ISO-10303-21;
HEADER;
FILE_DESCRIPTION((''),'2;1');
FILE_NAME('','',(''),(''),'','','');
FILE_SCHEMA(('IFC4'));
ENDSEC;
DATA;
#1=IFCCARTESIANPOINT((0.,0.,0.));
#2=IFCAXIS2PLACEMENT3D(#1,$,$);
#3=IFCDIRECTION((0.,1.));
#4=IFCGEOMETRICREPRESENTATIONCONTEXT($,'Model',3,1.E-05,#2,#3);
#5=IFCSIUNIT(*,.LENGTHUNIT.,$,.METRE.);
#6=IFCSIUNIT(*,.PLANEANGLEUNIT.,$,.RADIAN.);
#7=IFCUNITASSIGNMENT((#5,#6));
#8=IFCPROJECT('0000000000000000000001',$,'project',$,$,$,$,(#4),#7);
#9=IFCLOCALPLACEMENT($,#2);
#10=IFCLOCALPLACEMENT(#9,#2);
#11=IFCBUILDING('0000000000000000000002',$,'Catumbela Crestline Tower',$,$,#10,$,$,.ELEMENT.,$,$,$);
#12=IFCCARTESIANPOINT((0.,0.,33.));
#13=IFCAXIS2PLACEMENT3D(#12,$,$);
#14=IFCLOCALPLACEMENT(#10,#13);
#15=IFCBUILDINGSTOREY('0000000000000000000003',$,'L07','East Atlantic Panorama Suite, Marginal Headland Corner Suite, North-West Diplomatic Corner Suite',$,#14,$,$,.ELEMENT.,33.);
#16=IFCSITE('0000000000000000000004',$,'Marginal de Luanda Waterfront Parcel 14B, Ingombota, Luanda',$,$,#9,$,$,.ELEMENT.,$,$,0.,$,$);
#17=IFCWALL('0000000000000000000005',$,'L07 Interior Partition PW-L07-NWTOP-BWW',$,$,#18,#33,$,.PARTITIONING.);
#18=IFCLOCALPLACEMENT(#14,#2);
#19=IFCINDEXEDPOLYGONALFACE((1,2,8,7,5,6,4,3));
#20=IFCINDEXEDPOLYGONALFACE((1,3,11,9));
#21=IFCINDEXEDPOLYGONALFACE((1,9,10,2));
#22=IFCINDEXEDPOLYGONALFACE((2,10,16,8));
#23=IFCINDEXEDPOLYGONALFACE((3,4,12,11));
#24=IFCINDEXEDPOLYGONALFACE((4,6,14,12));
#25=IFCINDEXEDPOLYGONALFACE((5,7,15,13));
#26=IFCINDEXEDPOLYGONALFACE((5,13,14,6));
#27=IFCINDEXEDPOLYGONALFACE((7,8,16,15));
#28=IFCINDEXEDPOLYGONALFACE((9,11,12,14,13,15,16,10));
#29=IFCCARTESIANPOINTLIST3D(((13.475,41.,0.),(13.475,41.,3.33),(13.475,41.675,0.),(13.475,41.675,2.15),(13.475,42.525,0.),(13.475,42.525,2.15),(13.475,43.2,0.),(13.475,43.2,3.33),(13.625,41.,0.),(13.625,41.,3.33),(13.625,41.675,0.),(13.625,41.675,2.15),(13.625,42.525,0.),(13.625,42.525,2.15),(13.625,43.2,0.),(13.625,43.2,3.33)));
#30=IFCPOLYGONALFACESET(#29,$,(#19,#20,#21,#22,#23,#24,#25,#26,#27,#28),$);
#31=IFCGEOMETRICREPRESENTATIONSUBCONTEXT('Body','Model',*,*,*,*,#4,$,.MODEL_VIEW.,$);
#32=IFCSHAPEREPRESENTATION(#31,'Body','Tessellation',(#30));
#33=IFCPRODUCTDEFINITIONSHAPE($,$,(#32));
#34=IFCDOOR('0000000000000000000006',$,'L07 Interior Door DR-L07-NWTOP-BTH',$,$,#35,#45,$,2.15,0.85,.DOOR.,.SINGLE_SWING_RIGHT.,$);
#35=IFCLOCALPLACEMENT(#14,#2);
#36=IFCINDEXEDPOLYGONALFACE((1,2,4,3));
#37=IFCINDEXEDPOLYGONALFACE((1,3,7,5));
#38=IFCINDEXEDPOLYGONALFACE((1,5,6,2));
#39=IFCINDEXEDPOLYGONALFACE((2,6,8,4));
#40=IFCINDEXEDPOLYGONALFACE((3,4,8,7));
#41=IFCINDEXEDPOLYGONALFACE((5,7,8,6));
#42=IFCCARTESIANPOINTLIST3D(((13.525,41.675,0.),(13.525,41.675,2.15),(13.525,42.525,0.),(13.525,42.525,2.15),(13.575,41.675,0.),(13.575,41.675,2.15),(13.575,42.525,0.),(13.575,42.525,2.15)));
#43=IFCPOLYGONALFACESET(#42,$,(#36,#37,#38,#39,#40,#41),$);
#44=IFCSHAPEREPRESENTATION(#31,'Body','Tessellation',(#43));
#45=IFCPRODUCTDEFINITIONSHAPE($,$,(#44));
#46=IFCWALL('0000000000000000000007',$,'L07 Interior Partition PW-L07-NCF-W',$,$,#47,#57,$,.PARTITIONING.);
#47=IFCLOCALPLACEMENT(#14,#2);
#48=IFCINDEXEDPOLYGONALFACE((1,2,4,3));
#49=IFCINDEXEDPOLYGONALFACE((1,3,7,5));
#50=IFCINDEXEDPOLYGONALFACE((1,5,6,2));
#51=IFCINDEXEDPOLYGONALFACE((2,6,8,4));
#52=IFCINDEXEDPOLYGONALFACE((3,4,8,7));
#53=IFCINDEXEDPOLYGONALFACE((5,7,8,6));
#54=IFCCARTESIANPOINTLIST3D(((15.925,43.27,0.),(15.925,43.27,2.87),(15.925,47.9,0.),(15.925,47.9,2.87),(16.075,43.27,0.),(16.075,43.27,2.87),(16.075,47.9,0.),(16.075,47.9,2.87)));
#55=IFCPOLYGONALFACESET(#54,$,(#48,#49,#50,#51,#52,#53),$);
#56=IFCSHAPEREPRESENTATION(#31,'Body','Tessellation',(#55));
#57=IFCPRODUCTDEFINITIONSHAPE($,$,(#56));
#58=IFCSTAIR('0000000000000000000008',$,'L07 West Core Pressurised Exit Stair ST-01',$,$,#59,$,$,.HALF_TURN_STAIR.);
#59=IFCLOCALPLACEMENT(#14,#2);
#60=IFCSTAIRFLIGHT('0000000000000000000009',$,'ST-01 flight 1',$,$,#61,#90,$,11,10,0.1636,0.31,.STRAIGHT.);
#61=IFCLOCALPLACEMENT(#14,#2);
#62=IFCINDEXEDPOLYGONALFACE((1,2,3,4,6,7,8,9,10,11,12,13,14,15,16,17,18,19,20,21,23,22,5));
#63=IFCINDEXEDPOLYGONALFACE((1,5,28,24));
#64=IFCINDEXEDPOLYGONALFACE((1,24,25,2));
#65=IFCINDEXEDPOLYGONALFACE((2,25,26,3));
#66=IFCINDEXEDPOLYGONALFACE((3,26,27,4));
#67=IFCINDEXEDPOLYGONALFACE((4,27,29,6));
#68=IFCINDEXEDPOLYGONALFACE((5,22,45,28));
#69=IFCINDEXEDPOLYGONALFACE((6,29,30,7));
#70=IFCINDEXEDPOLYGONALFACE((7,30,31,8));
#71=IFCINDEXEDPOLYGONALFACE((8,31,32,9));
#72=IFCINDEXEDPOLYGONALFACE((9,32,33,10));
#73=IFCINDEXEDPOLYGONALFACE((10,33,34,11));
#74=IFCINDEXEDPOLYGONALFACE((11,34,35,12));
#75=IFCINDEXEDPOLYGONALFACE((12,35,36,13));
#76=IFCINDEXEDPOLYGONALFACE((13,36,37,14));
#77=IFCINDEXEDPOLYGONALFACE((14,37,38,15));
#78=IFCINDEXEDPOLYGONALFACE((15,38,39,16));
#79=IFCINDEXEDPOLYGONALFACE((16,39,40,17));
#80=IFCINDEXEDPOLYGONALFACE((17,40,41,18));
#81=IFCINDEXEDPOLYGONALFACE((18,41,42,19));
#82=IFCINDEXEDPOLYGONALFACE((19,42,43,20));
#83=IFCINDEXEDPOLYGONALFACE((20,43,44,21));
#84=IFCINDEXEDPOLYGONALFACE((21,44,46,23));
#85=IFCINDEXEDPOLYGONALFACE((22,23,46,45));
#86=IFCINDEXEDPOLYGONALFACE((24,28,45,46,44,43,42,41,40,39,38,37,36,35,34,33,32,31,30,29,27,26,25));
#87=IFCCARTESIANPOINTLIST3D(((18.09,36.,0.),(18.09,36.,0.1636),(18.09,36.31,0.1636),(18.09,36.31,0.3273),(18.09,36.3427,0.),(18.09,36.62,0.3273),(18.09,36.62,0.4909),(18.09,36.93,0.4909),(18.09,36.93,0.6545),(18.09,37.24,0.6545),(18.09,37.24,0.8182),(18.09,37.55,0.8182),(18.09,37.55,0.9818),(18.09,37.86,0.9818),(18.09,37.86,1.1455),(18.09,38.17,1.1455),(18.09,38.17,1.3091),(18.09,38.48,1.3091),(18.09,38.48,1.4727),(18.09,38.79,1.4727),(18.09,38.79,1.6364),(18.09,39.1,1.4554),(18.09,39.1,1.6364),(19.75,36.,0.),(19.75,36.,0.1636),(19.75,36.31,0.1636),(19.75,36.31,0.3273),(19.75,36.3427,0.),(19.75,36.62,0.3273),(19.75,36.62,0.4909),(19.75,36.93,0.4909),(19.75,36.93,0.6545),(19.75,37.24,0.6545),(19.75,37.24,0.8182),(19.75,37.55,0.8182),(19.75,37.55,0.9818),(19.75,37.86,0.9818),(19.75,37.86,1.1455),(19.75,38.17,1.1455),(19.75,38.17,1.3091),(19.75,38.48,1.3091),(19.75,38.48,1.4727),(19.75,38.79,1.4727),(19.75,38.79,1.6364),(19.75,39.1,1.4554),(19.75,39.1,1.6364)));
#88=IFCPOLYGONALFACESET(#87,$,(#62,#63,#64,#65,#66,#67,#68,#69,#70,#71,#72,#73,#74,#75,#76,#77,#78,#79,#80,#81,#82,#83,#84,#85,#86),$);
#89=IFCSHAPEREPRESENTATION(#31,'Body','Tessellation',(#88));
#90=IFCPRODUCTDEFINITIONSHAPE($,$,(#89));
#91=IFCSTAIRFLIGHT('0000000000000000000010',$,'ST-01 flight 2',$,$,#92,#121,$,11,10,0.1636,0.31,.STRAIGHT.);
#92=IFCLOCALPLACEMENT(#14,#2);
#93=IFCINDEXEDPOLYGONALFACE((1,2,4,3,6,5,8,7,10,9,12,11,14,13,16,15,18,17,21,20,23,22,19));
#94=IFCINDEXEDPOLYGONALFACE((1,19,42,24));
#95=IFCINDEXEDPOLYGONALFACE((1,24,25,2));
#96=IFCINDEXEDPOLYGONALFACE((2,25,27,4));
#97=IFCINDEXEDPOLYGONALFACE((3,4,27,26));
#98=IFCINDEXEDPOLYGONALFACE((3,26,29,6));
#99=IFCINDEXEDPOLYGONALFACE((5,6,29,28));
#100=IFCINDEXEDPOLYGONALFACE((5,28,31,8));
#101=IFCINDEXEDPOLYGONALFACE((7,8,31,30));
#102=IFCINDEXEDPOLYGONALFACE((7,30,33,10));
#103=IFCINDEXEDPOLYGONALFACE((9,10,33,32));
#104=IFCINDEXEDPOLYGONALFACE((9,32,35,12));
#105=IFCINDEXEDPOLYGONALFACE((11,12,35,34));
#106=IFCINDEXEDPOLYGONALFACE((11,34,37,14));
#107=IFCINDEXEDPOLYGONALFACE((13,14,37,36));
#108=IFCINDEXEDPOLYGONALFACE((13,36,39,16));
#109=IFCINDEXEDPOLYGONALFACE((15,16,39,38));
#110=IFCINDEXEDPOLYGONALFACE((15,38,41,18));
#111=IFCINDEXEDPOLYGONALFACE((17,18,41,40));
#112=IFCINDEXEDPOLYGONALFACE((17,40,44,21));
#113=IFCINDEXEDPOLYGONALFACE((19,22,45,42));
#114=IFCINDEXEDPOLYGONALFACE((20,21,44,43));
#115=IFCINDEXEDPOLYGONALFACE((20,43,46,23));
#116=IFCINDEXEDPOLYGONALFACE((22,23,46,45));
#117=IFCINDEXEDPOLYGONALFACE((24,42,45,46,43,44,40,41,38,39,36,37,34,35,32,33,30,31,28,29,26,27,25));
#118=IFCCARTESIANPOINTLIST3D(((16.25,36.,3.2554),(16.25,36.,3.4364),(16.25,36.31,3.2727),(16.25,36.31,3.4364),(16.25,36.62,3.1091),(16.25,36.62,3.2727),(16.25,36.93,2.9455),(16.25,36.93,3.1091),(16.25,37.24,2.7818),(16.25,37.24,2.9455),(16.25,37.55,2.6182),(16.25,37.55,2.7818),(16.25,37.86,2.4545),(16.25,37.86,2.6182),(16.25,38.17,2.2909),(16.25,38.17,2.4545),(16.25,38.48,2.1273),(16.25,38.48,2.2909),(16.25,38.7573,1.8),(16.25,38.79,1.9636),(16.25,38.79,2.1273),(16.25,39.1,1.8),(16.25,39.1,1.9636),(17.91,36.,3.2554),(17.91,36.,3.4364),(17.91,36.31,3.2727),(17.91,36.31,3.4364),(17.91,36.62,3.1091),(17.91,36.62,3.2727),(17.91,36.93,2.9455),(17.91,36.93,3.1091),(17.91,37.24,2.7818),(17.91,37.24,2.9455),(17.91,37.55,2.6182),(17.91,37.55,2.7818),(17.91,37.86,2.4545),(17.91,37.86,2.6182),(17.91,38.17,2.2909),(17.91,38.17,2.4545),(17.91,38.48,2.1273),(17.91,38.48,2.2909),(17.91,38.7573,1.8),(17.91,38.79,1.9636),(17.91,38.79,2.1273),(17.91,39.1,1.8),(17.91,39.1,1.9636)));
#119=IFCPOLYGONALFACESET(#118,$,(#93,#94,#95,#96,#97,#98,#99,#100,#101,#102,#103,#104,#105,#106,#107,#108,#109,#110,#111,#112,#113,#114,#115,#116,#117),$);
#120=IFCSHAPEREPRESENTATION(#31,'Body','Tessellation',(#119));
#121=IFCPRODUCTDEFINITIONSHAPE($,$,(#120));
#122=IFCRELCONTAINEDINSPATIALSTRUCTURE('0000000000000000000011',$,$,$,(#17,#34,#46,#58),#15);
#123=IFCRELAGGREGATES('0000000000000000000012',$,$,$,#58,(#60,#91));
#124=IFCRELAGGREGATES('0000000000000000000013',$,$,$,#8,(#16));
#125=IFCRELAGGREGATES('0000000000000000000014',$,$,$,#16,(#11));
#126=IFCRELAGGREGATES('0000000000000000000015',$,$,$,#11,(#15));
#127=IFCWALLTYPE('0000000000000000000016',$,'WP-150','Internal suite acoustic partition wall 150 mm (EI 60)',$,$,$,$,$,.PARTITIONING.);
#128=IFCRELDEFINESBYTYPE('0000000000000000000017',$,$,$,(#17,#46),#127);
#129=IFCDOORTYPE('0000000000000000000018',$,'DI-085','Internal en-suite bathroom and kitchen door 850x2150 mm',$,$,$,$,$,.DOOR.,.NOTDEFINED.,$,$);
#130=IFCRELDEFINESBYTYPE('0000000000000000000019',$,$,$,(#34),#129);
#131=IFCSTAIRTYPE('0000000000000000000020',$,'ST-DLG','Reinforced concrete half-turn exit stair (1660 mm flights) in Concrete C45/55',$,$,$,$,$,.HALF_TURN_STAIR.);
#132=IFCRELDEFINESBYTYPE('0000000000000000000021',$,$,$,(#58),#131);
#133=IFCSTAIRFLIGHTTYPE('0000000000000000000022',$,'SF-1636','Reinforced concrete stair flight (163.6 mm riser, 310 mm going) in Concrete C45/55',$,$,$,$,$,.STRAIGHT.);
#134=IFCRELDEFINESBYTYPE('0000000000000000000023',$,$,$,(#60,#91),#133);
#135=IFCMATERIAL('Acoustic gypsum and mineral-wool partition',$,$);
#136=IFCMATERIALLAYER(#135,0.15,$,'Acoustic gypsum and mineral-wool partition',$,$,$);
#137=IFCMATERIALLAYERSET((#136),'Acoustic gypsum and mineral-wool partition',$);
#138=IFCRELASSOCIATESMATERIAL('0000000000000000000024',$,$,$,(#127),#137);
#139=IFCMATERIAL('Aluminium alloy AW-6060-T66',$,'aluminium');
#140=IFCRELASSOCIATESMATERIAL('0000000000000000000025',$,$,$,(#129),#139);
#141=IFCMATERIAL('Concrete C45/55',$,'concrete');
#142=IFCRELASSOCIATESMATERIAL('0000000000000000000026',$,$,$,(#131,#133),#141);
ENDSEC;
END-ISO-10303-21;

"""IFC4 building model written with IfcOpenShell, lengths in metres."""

from ifc_helpers import new_model, si_unit, direction, frame, frame_2d, origin, place, context, subcontext, project, spatial, polyline, rectangle, outline, extrude, material, layer, layer_set, type_object, element, fill, aggregate, save


model = new_model("IFC4")

# Units and contexts
model_context = context("Model", 3, precision=1e-05, world=origin(), true_north=direction((0.0, 1.0)))
body_context = subcontext(model_context, "Body", "Model", "MODEL_VIEW")
ifc_project = project(units=[si_unit("LENGTHUNIT", "METRE"), si_unit("PLANEANGLEUNIT", "RADIAN")], contexts=[model_context])

# Site, building, storey
site_placement = place(None, origin())
site = spatial("IfcSite", under=ifc_project, at=site_placement, Name="Marginal de Luanda Waterfront Parcel 14B, Ingombota, Luanda", CompositionType="ELEMENT", RefElevation=0.0)
building_placement = place(site_placement, origin())
building = spatial("IfcBuilding", under=site, at=building_placement, Name="Catumbela Crestline Tower", CompositionType="ELEMENT")
storey_placement = place(building_placement, frame((0.0, 0.0, 33.0)))
storey = spatial("IfcBuildingStorey", under=building, at=storey_placement, Name="L07", Description="East Atlantic Panorama Suite, Marginal Headland Corner Suite, North-West Diplomatic Corner Suite", CompositionType="ELEMENT", Elevation=33.0)

# Shared definitions
ifc_material_1 = material(Name="Aluminium alloy AW-6060-T66", Category="aluminium")

# Shared definitions
ifc_material_2 = material(Name="Acoustic gypsum and mineral-wool partition")
ifc_layer_1 = layer(ifc_material_2, 0.15, Name="Acoustic gypsum and mineral-wool partition")
ifc_layer_set_1 = layer_set([ifc_layer_1], Name="Acoustic gypsum and mineral-wool partition")
wall_type_1 = type_object("IfcWallType", Name="WP-150", Description="Internal suite acoustic partition wall 150 mm (EI 60)", PredefinedType="PARTITIONING", material=ifc_layer_set_1)

# Wall, opening, door
wall_1_placement = place(storey_placement, frame((13.55, 41.0, 0.0), z_axis=(0.0, 0.0, 1.0), x_axis=(0.0, 1.0, 0.0)))
wall_1 = element("IfcWall", 1, at=wall_1_placement, inside=storey, type_object=wall_type_1, Name="L07 Interior Partition PW-L07-NWTOP-BWW", PredefinedType="PARTITIONING", context=body_context, shape_type="SweptSolid", body=[
    extrude(rectangle(XDim=2.2, YDim=0.15, at=frame_2d((1.1, 0.0))), origin(), (0.0, 0.0, 1.0), 3.33),
])
opening_1_placement = place(wall_1_placement, frame((0.675, 0.0, 0.0)))
opening_1 = element("IfcOpeningElement", 2, at=opening_1_placement, cuts=wall_1, PredefinedType="OPENING", context=body_context, shape_type="SweptSolid", body=[
    extrude(rectangle(XDim=0.85, YDim=2.15, at=frame_2d((0.425, 1.075))), frame((0.0, 0.085, 0.0), z_axis=(0.0, -1.0, 0.0), x_axis=(1.0, 0.0, 0.0)), (0.0, 0.0, 1.0), 0.17),
])
door_type_1 = type_object("IfcDoorType", Name="DI-085", Description="Internal en-suite bathroom and kitchen door 850x2150 mm", OperationType="NOTDEFINED", PredefinedType="DOOR", material=ifc_material_1)
door_1_placement = place(opening_1_placement, origin())
door_1 = element("IfcDoor", 3, at=door_1_placement, inside=storey, type_object=door_type_1, Name="L07 Interior Door DR-L07-NWTOP-BTH", OperationType="SINGLE_SWING_RIGHT", OverallHeight=2.15, OverallWidth=0.85, PredefinedType="DOOR", context=body_context, shape_type="SweptSolid", body=[
    extrude(rectangle(XDim=0.85, YDim=2.15, at=frame_2d((0.425, 1.075))), frame((0.0, 0.025, 0.0), z_axis=(0.0, -1.0, 0.0), x_axis=(1.0, 0.0, 0.0)), (0.0, 0.0, 1.0), 0.05),
])
fill(opening_1, door_1)

# Wall
wall_2_placement = place(storey_placement, frame((16.0, 43.27, 0.0), z_axis=(0.0, 0.0, 1.0), x_axis=(0.0, 1.0, 0.0)))
element("IfcWall", 4, at=wall_2_placement, inside=storey, type_object=wall_type_1, Name="L07 Interior Partition PW-L07-NCF-W", PredefinedType="PARTITIONING", context=body_context, shape_type="SweptSolid", body=[
    extrude(rectangle(XDim=4.63, YDim=0.15, at=frame_2d((2.315, 0.0))), origin(), (0.0, 0.0, 1.0), 2.87),
])

# Stair, stair flights
ifc_material_3 = material(Name="Concrete C45/55", Category="concrete")
stair_type = type_object("IfcStairType", Name="ST-DLG", Description="Reinforced concrete half-turn exit stair (1660 mm flights) in Concrete C45/55", PredefinedType="HALF_TURN_STAIR", material=ifc_material_3)
stair_placement = place(storey_placement, origin())
stair = element("IfcStair", 5, at=stair_placement, inside=storey, type_object=stair_type, Name="L07 West Core Pressurised Exit Stair ST-01", PredefinedType="HALF_TURN_STAIR")
stair_flight_type = type_object("IfcStairFlightType", Name="SF-1636", Description="Reinforced concrete stair flight (163.6 mm riser, 310 mm going) in Concrete C45/55", PredefinedType="STRAIGHT", material=ifc_material_3)
stair_flight_1_placement = place(storey_placement, frame((18.92, 36.0, 0.0), z_axis=(0.0, 0.0, 1.0), x_axis=(0.0, 1.0, 0.0)))
stair_flight_1 = element("IfcStairFlight", 6, at=stair_flight_1_placement, type_object=stair_flight_type, Name="ST-01 flight 1", NumberOfRisers=11, NumberOfTreads=10, PredefinedType="STRAIGHT", RiserHeight=0.1636, TreadLength=0.31, context=body_context, shape_type="SweptSolid", body=[
    extrude(outline(polyline([(0.0, 0.0), (0.0, 0.1636), (0.31, 0.1636), (0.31, 0.3273), (0.62, 0.3273), (0.62, 0.4909), (0.93, 0.4909), (0.93, 0.6545), (1.24, 0.6545), (1.24, 0.8182), (1.55, 0.8182), (1.55, 0.9818), (1.86, 0.9818), (1.86, 1.1455), (2.17, 1.1455), (2.17, 1.3091), (2.48, 1.3091), (2.48, 1.4727), (2.79, 1.4727), (2.79, 1.6364), (3.1, 1.6364), (3.1, 1.8), (3.1, 1.4554), (0.3427, 0.0), (0.0, 0.0)])), frame((0.0, 0.83, 0.0), z_axis=(0.0, -1.0, 0.0), x_axis=(1.0, 0.0, 0.0)), (0.0, 0.0, 1.0), 1.66),
])
stair_flight_2_placement = place(storey_placement, frame((17.08, 39.1, 1.8), z_axis=(0.0, 0.0, 1.0), x_axis=(0.0, -1.0, 0.0)))
stair_flight_2 = element("IfcStairFlight", 7, at=stair_flight_2_placement, type_object=stair_flight_type, Name="ST-01 flight 2", NumberOfRisers=11, NumberOfTreads=10, PredefinedType="STRAIGHT", RiserHeight=0.1636, TreadLength=0.31, context=body_context, shape_type="SweptSolid", body=[
    extrude(outline(polyline([(0.0, 0.0), (0.0, 0.1636), (0.31, 0.1636), (0.31, 0.3273), (0.62, 0.3273), (0.62, 0.4909), (0.93, 0.4909), (0.93, 0.6545), (1.24, 0.6545), (1.24, 0.8182), (1.55, 0.8182), (1.55, 0.9818), (1.86, 0.9818), (1.86, 1.1455), (2.17, 1.1455), (2.17, 1.3091), (2.48, 1.3091), (2.48, 1.4727), (2.79, 1.4727), (2.79, 1.6364), (3.1, 1.6364), (3.1, 1.8), (3.1, 1.4554), (0.3427, 0.0), (0.0, 0.0)])), frame((0.0, 0.83, 0.0), z_axis=(0.0, -1.0, 0.0), x_axis=(1.0, 0.0, 0.0)), (0.0, 0.0, 1.0), 1.66),
])
aggregate(stair, [stair_flight_1, stair_flight_2])

save(model, "model.ifc")
